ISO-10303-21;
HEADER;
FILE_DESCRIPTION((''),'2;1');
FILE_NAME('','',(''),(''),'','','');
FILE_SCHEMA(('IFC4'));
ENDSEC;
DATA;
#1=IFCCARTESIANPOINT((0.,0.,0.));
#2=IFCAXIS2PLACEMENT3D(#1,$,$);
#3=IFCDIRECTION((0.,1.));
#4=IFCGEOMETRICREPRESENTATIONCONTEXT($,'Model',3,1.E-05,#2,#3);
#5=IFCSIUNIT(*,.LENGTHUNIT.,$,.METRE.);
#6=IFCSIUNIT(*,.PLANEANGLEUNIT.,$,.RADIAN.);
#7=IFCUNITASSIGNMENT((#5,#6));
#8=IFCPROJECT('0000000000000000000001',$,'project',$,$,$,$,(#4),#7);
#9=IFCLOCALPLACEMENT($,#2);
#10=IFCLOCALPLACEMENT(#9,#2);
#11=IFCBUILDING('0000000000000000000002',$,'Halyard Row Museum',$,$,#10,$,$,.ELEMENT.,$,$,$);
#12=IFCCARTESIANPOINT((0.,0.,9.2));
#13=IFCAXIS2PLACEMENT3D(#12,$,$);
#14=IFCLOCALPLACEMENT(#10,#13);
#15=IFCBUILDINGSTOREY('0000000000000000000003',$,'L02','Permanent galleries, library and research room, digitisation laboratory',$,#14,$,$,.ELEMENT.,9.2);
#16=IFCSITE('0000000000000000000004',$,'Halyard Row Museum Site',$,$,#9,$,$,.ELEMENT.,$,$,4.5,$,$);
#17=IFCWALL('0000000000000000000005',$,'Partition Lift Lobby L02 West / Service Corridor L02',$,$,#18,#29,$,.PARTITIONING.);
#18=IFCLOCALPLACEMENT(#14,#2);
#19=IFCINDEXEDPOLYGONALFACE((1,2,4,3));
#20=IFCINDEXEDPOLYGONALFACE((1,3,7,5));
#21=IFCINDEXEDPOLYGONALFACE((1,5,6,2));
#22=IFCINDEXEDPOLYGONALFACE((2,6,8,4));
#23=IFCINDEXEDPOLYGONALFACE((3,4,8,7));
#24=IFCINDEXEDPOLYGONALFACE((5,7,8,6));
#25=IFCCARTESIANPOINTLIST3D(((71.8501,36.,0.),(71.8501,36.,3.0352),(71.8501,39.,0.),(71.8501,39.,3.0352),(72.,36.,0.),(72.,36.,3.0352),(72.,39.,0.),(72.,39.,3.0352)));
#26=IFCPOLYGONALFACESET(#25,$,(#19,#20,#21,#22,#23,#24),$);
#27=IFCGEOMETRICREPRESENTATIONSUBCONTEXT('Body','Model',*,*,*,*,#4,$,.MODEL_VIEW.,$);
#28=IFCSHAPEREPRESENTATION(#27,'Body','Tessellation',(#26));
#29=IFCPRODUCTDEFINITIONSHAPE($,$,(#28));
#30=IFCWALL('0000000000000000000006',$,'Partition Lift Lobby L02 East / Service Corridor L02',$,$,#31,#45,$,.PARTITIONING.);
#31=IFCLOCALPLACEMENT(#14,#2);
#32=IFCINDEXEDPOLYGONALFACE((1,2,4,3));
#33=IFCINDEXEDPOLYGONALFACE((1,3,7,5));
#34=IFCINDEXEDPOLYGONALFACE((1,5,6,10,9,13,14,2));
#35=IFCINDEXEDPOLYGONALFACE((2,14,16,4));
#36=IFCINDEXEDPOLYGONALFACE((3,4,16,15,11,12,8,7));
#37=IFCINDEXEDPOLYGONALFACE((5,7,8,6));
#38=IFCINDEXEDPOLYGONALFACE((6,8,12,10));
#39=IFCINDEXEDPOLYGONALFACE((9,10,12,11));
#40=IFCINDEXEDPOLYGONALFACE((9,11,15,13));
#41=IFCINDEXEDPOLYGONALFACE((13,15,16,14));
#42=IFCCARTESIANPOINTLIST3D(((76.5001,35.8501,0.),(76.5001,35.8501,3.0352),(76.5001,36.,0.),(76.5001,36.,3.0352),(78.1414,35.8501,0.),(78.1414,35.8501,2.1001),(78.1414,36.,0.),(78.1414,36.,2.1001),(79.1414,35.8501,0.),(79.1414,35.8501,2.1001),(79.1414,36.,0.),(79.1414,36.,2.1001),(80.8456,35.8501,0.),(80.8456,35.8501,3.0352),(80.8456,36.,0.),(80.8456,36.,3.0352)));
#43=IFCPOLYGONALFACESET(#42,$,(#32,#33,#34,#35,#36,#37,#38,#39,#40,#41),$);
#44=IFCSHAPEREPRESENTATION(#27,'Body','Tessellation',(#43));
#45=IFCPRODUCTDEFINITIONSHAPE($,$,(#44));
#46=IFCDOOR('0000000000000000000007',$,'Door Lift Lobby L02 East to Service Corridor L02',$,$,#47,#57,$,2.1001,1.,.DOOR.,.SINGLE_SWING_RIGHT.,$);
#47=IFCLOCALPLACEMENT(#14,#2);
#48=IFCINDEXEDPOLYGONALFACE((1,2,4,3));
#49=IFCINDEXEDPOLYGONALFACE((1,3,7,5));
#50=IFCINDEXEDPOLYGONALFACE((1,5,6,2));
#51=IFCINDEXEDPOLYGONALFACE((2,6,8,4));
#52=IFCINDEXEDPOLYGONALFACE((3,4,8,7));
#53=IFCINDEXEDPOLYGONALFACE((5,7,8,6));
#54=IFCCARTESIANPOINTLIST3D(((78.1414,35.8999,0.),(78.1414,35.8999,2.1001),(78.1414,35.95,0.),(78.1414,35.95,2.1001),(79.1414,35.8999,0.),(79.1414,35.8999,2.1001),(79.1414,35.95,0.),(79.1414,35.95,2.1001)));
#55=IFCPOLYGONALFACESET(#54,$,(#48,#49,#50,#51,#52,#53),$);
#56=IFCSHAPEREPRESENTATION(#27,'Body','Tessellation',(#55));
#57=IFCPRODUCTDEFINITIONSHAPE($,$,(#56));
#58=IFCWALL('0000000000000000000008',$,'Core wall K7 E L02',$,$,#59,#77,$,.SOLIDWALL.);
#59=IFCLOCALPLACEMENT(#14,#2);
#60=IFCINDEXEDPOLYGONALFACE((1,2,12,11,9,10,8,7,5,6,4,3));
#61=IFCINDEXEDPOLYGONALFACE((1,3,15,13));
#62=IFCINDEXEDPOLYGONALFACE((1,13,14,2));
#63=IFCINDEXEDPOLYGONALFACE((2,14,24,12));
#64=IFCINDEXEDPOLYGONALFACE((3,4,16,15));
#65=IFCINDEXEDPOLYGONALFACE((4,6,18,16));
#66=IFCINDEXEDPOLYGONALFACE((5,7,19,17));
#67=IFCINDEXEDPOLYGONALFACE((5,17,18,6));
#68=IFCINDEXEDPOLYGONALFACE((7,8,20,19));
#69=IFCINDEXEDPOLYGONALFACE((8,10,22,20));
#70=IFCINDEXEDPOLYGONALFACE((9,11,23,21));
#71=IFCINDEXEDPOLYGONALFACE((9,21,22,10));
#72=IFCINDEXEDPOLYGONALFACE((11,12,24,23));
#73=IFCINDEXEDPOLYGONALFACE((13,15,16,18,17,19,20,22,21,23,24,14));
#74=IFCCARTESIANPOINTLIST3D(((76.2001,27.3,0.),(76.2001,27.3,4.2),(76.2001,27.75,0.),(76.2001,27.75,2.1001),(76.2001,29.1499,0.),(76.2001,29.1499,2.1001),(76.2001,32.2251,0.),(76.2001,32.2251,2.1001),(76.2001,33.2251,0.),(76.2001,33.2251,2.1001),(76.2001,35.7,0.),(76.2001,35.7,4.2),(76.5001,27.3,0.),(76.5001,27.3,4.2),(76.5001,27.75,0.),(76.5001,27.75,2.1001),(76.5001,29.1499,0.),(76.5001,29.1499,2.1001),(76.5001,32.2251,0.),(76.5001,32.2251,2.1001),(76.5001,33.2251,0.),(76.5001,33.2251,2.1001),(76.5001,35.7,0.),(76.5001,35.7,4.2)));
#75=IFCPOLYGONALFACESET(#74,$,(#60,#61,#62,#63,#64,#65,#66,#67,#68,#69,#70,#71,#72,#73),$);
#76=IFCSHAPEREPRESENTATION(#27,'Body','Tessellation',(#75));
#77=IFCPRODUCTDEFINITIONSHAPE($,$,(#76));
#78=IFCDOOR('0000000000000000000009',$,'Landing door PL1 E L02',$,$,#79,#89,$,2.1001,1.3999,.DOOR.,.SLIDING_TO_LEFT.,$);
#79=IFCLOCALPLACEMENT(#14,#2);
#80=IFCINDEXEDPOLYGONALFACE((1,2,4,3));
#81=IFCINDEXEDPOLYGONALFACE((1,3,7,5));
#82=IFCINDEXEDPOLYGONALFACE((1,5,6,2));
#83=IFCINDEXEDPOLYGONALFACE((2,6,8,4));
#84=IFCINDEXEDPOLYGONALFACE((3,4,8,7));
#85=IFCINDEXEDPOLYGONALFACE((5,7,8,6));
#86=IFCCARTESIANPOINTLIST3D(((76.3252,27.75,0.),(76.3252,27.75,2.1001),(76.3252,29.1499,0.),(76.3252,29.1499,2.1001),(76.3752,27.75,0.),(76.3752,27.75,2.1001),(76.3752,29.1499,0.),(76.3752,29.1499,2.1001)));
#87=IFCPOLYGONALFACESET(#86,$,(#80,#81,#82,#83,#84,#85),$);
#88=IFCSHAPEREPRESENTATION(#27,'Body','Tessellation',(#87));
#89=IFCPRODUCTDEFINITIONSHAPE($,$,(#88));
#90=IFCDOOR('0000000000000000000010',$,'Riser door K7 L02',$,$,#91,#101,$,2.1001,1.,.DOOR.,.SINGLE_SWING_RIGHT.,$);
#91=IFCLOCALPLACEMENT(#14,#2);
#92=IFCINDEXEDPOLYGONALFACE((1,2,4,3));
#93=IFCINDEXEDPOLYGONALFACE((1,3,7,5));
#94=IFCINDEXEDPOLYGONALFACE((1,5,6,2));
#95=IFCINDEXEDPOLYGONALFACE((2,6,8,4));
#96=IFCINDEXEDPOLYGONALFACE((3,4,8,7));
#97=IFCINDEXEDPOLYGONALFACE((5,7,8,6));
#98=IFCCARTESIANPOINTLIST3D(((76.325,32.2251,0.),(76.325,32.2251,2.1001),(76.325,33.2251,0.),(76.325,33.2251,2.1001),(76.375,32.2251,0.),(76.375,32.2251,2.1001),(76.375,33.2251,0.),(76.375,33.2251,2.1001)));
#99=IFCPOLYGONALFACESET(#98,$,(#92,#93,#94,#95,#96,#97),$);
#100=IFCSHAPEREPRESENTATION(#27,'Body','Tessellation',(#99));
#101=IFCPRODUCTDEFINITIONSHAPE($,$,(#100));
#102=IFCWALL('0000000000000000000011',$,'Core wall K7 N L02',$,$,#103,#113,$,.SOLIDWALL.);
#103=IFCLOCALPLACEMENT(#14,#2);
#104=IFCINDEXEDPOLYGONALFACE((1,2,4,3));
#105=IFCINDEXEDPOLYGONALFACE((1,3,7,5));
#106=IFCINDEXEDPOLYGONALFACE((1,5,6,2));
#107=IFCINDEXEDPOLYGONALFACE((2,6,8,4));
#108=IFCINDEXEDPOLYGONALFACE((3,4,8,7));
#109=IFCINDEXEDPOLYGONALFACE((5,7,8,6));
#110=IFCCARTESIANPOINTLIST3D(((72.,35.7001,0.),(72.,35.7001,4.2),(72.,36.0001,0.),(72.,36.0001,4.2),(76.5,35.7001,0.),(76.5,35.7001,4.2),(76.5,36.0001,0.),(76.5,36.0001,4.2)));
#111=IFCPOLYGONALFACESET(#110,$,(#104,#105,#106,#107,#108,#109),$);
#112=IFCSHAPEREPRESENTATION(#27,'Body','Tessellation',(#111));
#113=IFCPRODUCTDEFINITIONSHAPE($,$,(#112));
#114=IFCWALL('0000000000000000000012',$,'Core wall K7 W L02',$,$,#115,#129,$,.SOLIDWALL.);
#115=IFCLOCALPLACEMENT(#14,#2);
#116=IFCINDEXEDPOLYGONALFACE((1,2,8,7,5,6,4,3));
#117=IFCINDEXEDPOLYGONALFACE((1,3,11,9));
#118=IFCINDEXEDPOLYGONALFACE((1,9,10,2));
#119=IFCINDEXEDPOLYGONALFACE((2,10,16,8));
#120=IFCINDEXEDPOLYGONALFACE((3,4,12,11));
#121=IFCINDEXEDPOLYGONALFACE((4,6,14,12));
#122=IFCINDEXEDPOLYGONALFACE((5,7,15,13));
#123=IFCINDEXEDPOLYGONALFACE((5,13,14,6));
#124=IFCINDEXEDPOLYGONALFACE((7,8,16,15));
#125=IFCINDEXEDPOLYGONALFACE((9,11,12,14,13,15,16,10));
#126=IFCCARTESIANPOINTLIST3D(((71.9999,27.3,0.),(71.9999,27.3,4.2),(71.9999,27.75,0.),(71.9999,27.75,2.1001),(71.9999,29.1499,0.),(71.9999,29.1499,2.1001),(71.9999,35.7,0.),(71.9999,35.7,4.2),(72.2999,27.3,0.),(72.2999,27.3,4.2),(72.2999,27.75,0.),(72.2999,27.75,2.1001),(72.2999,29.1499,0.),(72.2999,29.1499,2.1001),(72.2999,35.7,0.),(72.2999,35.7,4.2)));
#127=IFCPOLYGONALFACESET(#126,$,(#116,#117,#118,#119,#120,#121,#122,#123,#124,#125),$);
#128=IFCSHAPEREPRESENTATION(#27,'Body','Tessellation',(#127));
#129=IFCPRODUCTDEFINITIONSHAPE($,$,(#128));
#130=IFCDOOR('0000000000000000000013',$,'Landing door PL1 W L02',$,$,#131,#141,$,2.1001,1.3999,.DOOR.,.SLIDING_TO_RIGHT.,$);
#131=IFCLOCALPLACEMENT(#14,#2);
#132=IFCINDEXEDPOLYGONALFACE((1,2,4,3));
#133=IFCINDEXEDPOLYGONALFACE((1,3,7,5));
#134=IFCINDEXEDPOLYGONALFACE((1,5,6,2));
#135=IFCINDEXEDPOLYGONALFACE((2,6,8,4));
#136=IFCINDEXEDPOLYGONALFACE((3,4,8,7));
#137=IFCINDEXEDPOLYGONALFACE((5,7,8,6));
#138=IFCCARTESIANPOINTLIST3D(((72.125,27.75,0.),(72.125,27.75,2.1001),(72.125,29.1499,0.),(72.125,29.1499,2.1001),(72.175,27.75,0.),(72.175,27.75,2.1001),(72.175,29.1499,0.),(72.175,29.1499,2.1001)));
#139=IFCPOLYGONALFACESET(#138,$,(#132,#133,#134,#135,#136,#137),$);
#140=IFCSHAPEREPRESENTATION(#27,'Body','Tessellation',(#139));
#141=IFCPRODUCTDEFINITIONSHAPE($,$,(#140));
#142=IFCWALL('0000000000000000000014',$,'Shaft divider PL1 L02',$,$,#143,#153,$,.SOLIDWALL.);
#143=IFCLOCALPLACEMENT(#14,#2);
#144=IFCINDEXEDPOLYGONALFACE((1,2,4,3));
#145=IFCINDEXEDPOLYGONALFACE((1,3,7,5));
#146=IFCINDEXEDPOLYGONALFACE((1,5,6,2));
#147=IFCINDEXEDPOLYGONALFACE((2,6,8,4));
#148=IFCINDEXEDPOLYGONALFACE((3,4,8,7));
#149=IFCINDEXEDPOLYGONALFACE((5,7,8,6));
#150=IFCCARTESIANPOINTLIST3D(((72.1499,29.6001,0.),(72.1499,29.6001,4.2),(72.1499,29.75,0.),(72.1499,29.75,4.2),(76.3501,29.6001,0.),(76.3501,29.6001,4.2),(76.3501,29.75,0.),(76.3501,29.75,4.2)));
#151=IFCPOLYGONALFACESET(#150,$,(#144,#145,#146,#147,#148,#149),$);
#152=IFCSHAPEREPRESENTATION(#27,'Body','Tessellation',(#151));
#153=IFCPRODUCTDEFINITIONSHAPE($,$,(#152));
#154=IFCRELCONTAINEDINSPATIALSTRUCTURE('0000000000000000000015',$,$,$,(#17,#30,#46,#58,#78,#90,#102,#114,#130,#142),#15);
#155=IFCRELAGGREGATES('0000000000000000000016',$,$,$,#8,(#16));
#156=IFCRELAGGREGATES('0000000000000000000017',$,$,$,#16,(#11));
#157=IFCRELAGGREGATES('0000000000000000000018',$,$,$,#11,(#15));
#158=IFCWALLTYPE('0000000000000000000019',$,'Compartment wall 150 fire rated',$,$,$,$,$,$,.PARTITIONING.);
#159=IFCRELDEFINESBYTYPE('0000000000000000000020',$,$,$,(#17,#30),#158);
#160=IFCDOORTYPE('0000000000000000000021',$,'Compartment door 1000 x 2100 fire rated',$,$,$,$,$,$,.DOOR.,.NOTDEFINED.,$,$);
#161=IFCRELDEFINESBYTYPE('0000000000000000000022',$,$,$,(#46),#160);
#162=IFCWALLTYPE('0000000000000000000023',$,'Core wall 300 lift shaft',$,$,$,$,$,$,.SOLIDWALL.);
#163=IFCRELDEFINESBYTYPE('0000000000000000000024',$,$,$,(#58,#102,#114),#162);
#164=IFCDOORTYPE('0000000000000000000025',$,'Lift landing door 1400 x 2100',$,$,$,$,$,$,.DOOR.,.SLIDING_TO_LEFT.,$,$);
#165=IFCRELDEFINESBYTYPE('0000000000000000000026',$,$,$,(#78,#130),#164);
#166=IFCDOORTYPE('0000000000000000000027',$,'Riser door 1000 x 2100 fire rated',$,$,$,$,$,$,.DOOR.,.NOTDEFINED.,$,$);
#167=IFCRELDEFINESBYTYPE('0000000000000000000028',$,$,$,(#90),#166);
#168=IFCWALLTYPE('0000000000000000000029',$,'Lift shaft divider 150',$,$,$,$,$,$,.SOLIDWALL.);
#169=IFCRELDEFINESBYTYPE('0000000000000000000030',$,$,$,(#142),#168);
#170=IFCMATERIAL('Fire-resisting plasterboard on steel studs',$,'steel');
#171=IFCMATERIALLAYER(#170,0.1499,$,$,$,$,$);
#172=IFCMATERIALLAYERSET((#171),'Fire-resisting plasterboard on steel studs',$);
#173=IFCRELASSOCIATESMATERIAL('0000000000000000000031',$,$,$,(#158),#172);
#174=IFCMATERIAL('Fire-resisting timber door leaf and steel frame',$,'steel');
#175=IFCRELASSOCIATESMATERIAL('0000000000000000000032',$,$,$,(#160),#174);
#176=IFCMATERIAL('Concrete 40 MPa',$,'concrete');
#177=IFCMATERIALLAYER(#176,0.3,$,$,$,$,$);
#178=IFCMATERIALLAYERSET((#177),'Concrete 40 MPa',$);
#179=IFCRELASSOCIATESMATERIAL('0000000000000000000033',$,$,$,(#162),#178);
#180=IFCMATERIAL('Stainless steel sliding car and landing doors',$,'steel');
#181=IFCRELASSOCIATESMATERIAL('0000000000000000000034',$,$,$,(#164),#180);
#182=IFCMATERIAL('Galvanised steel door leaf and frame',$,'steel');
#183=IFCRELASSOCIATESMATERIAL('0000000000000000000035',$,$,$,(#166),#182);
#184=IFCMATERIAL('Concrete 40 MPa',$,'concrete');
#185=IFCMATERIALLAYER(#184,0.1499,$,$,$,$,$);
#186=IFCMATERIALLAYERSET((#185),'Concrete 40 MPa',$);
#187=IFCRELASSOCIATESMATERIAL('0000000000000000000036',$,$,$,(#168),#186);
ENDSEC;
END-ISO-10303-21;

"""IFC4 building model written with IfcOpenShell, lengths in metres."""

from ifc_helpers import new_model, si_unit, direction, frame, frame_2d, origin, place, context, subcontext, project, spatial, rectangle, extrude, material, layer, layer_set, type_object, element, fill, save


model = new_model("IFC4")

# Units and contexts
model_context = context("Model", 3, precision=1e-05, world=origin(), true_north=direction((0.0, 1.0)))
body_context = subcontext(model_context, "Body", "Model", "MODEL_VIEW")
ifc_project = project(units=[si_unit("LENGTHUNIT", "METRE"), si_unit("PLANEANGLEUNIT", "RADIAN")], contexts=[model_context])

# Site, building, storey
site_placement = place(None, origin())
site = spatial("IfcSite", under=ifc_project, at=site_placement, Name="Halyard Row Museum Site", CompositionType="ELEMENT", RefElevation=4.5)
building_placement = place(site_placement, origin())
building = spatial("IfcBuilding", under=site, at=building_placement, Name="Halyard Row Museum", CompositionType="ELEMENT")
storey_placement = place(building_placement, frame((0.0, 0.0, 9.2)))
storey = spatial("IfcBuildingStorey", under=building, at=storey_placement, Name="L02", Description="Permanent galleries, library and research room, digitisation laboratory", CompositionType="ELEMENT", Elevation=9.2)

# Wall
ifc_material_1 = material(Name="Fire-resisting plasterboard on steel studs", Category="steel")
ifc_layer_1 = layer(ifc_material_1, 0.1499)
ifc_layer_set_1 = layer_set([ifc_layer_1], Name="Fire-resisting plasterboard on steel studs")
wall_type_1 = type_object("IfcWallType", Name="Compartment wall 150 fire rated", PredefinedType="PARTITIONING", material=ifc_layer_set_1)
wall_1_placement = place(storey_placement, frame((71.925, 36.0, 0.0), z_axis=(0.0, 0.0, 1.0), x_axis=(0.0, 1.0, 0.0)))
element("IfcWall", 1, at=wall_1_placement, inside=storey, type_object=wall_type_1, Name="Partition Lift Lobby L02 West / Service Corridor L02", PredefinedType="PARTITIONING", context=body_context, shape_type="SweptSolid", body=[
    extrude(rectangle(XDim=3.0, YDim=0.1499, at=frame_2d((1.5, 0.0))), origin(), (0.0, 0.0, 1.0), 3.0352),
])

# Wall, opening, door
wall_2_placement = place(storey_placement, frame((76.5, 35.925, 0.0), z_axis=(0.0, 0.0, 1.0), x_axis=(1.0, 0.0, 0.0)))
wall_2 = element("IfcWall", 2, at=wall_2_placement, inside=storey, type_object=wall_type_1, Name="Partition Lift Lobby L02 East / Service Corridor L02", PredefinedType="PARTITIONING", context=body_context, shape_type="SweptSolid", body=[
    extrude(rectangle(XDim=4.3455, YDim=0.1499, at=frame_2d((2.1729, 0.0))), origin(), (0.0, 0.0, 1.0), 3.0352),
])
opening_1_placement = place(wall_2_placement, frame((1.6414, 0.0, 0.0)))
opening_1 = element("IfcOpeningElement", 3, at=opening_1_placement, cuts=wall_2, PredefinedType="OPENING", context=body_context, shape_type="SweptSolid", body=[
    extrude(rectangle(XDim=1.0, YDim=2.1001, at=frame_2d((0.5, 1.05))), frame((0.0, 0.085, 0.0), z_axis=(0.0, -1.0, 0.0), x_axis=(1.0, 0.0, 0.0)), (0.0, 0.0, 1.0), 0.1699),
])
ifc_material_2 = material(Name="Fire-resisting timber door leaf and steel frame", Category="steel")
door_type_1 = type_object("IfcDoorType", Name="Compartment door 1000 x 2100 fire rated", OperationType="NOTDEFINED", PredefinedType="DOOR", material=ifc_material_2)
door_1_placement = place(opening_1_placement, origin())
door_1 = element("IfcDoor", 4, at=door_1_placement, inside=storey, type_object=door_type_1, Name="Door Lift Lobby L02 East to Service Corridor L02", OperationType="SINGLE_SWING_RIGHT", OverallHeight=2.1001, OverallWidth=1.0, PredefinedType="DOOR", context=body_context, shape_type="SweptSolid", body=[
    extrude(rectangle(XDim=1.0, YDim=2.1001, at=frame_2d((0.5, 1.05))), frame((0.0, 0.0249, 0.0), z_axis=(0.0, -1.0, 0.0), x_axis=(1.0, 0.0, 0.0)), (0.0, 0.0, 1.0), 0.05),
])
fill(opening_1, door_1)

# Wall, openings, doors
ifc_material_3 = material(Name="Concrete 40 MPa", Category="concrete")
ifc_layer_2 = layer(ifc_material_3, 0.3)
ifc_layer_set_2 = layer_set([ifc_layer_2], Name="Concrete 40 MPa")
wall_type_2 = type_object("IfcWallType", Name="Core wall 300 lift shaft", PredefinedType="SOLIDWALL", material=ifc_layer_set_2)
wall_3_placement = place(storey_placement, frame((76.3501, 27.3, 0.0), z_axis=(0.0, 0.0, 1.0), x_axis=(0.0, 1.0, 0.0)))
wall_3 = element("IfcWall", 5, at=wall_3_placement, inside=storey, type_object=wall_type_2, Name="Core wall K7 E L02", PredefinedType="SOLIDWALL", context=body_context, shape_type="SweptSolid", body=[
    extrude(rectangle(XDim=8.3999, YDim=0.3, at=frame_2d((4.2, 0.0))), origin(), (0.0, 0.0, 1.0), 4.2),
])
opening_2_placement = place(wall_3_placement, frame((0.45, 0.0, 0.0)))
opening_2 = element("IfcOpeningElement", 6, at=opening_2_placement, cuts=wall_3, PredefinedType="OPENING", context=body_context, shape_type="SweptSolid", body=[
    extrude(rectangle(XDim=1.3999, YDim=2.1001, at=frame_2d((0.7, 1.05))), frame((0.0, 0.1599, 0.0), z_axis=(0.0, -1.0, 0.0), x_axis=(1.0, 0.0, 0.0)), (0.0, 0.0, 1.0), 0.3201),
])
opening_3_placement = place(wall_3_placement, frame((4.925, 0.0, 0.0)))
opening_3 = element("IfcOpeningElement", 7, at=opening_3_placement, cuts=wall_3, PredefinedType="OPENING", context=body_context, shape_type="SweptSolid", body=[
    extrude(rectangle(XDim=1.0, YDim=2.1001, at=frame_2d((0.5, 1.05))), frame((0.0, 0.1599, 0.0), z_axis=(0.0, -1.0, 0.0), x_axis=(1.0, 0.0, 0.0)), (0.0, 0.0, 1.0), 0.3201),
])
ifc_material_4 = material(Name="Stainless steel sliding car and landing doors", Category="steel")
door_type_2 = type_object("IfcDoorType", Name="Lift landing door 1400 x 2100", OperationType="SLIDING_TO_LEFT", PredefinedType="DOOR", material=ifc_material_4)
door_2_placement = place(opening_2_placement, origin())
door_2 = element("IfcDoor", 8, at=door_2_placement, inside=storey, type_object=door_type_2, Name="Landing door PL1 E L02", OperationType="SLIDING_TO_LEFT", OverallHeight=2.1001, OverallWidth=1.3999, PredefinedType="DOOR", context=body_context, shape_type="SweptSolid", body=[
    extrude(rectangle(XDim=1.3999, YDim=2.1001, at=frame_2d((0.7, 1.05))), frame((0.0, 0.0249, 0.0), z_axis=(0.0, -1.0, 0.0), x_axis=(1.0, 0.0, 0.0)), (0.0, 0.0, 1.0), 0.05),
])
fill(opening_2, door_2)
ifc_material_5 = material(Name="Galvanised steel door leaf and frame", Category="steel")
door_type_3 = type_object("IfcDoorType", Name="Riser door 1000 x 2100 fire rated", OperationType="NOTDEFINED", PredefinedType="DOOR", material=ifc_material_5)
door_3_placement = place(opening_3_placement, frame((1.0, 0.0, 0.0), z_axis=(0.0, 0.0, 1.0), x_axis=(-1.0, 0.0, 0.0)))
door_3 = element("IfcDoor", 9, at=door_3_placement, inside=storey, type_object=door_type_3, Name="Riser door K7 L02", OperationType="SINGLE_SWING_RIGHT", OverallHeight=2.1001, OverallWidth=1.0, PredefinedType="DOOR", context=body_context, shape_type="SweptSolid", body=[
    extrude(rectangle(XDim=1.0, YDim=2.1001, at=frame_2d((0.5, 1.05))), frame((0.0, 0.0249, 0.0), z_axis=(0.0, -1.0, 0.0), x_axis=(1.0, 0.0, 0.0)), (0.0, 0.0, 1.0), 0.05),
])
fill(opening_3, door_3)

# Wall
wall_4_placement = place(storey_placement, frame((72.0, 35.8501, 0.0), z_axis=(0.0, 0.0, 1.0), x_axis=(1.0, 0.0, 0.0)))
element("IfcWall", 10, at=wall_4_placement, inside=storey, type_object=wall_type_2, Name="Core wall K7 N L02", PredefinedType="SOLIDWALL", context=body_context, shape_type="SweptSolid", body=[
    extrude(rectangle(XDim=4.5, YDim=0.3, at=frame_2d((2.25, 0.0))), origin(), (0.0, 0.0, 1.0), 4.2),
])

# Wall, opening, door
wall_5_placement = place(storey_placement, frame((72.1499, 27.3, 0.0), z_axis=(0.0, 0.0, 1.0), x_axis=(0.0, 1.0, 0.0)))
wall_5 = element("IfcWall", 11, at=wall_5_placement, inside=storey, type_object=wall_type_2, Name="Core wall K7 W L02", PredefinedType="SOLIDWALL", context=body_context, shape_type="SweptSolid", body=[
    extrude(rectangle(XDim=8.3999, YDim=0.3, at=frame_2d((4.2, 0.0))), origin(), (0.0, 0.0, 1.0), 4.2),
])
opening_4_placement = place(wall_5_placement, frame((0.45, 0.0, 0.0)))
opening_4 = element("IfcOpeningElement", 12, at=opening_4_placement, cuts=wall_5, PredefinedType="OPENING", context=body_context, shape_type="SweptSolid", body=[
    extrude(rectangle(XDim=1.3999, YDim=2.1001, at=frame_2d((0.7, 1.05))), frame((0.0, 0.1599, 0.0), z_axis=(0.0, -1.0, 0.0), x_axis=(1.0, 0.0, 0.0)), (0.0, 0.0, 1.0), 0.3201),
])
door_4_placement = place(opening_4_placement, origin())
door_4 = element("IfcDoor", 13, at=door_4_placement, inside=storey, type_object=door_type_2, Name="Landing door PL1 W L02", OperationType="SLIDING_TO_RIGHT", OverallHeight=2.1001, OverallWidth=1.3999, PredefinedType="DOOR", context=body_context, shape_type="SweptSolid", body=[
    extrude(rectangle(XDim=1.3999, YDim=2.1001, at=frame_2d((0.7, 1.05))), frame((0.0, 0.0249, 0.0), z_axis=(0.0, -1.0, 0.0), x_axis=(1.0, 0.0, 0.0)), (0.0, 0.0, 1.0), 0.05),
])
fill(opening_4, door_4)

# Wall
ifc_material_6 = material(Name="Concrete 40 MPa", Category="concrete")
ifc_layer_3 = layer(ifc_material_6, 0.1499)
ifc_layer_set_3 = layer_set([ifc_layer_3], Name="Concrete 40 MPa")
wall_type_3 = type_object("IfcWallType", Name="Lift shaft divider 150", PredefinedType="SOLIDWALL", material=ifc_layer_set_3)
wall_6_placement = place(storey_placement, frame((72.1499, 29.675, 0.0), z_axis=(0.0, 0.0, 1.0), x_axis=(1.0, 0.0, 0.0)))
element("IfcWall", 14, at=wall_6_placement, inside=storey, type_object=wall_type_3, Name="Shaft divider PL1 L02", PredefinedType="SOLIDWALL", context=body_context, shape_type="SweptSolid", body=[
    extrude(rectangle(XDim=4.2002, YDim=0.1499, at=frame_2d((2.1001, 0.0))), origin(), (0.0, 0.0, 1.0), 4.2),
])

save(model, "model.ifc")
